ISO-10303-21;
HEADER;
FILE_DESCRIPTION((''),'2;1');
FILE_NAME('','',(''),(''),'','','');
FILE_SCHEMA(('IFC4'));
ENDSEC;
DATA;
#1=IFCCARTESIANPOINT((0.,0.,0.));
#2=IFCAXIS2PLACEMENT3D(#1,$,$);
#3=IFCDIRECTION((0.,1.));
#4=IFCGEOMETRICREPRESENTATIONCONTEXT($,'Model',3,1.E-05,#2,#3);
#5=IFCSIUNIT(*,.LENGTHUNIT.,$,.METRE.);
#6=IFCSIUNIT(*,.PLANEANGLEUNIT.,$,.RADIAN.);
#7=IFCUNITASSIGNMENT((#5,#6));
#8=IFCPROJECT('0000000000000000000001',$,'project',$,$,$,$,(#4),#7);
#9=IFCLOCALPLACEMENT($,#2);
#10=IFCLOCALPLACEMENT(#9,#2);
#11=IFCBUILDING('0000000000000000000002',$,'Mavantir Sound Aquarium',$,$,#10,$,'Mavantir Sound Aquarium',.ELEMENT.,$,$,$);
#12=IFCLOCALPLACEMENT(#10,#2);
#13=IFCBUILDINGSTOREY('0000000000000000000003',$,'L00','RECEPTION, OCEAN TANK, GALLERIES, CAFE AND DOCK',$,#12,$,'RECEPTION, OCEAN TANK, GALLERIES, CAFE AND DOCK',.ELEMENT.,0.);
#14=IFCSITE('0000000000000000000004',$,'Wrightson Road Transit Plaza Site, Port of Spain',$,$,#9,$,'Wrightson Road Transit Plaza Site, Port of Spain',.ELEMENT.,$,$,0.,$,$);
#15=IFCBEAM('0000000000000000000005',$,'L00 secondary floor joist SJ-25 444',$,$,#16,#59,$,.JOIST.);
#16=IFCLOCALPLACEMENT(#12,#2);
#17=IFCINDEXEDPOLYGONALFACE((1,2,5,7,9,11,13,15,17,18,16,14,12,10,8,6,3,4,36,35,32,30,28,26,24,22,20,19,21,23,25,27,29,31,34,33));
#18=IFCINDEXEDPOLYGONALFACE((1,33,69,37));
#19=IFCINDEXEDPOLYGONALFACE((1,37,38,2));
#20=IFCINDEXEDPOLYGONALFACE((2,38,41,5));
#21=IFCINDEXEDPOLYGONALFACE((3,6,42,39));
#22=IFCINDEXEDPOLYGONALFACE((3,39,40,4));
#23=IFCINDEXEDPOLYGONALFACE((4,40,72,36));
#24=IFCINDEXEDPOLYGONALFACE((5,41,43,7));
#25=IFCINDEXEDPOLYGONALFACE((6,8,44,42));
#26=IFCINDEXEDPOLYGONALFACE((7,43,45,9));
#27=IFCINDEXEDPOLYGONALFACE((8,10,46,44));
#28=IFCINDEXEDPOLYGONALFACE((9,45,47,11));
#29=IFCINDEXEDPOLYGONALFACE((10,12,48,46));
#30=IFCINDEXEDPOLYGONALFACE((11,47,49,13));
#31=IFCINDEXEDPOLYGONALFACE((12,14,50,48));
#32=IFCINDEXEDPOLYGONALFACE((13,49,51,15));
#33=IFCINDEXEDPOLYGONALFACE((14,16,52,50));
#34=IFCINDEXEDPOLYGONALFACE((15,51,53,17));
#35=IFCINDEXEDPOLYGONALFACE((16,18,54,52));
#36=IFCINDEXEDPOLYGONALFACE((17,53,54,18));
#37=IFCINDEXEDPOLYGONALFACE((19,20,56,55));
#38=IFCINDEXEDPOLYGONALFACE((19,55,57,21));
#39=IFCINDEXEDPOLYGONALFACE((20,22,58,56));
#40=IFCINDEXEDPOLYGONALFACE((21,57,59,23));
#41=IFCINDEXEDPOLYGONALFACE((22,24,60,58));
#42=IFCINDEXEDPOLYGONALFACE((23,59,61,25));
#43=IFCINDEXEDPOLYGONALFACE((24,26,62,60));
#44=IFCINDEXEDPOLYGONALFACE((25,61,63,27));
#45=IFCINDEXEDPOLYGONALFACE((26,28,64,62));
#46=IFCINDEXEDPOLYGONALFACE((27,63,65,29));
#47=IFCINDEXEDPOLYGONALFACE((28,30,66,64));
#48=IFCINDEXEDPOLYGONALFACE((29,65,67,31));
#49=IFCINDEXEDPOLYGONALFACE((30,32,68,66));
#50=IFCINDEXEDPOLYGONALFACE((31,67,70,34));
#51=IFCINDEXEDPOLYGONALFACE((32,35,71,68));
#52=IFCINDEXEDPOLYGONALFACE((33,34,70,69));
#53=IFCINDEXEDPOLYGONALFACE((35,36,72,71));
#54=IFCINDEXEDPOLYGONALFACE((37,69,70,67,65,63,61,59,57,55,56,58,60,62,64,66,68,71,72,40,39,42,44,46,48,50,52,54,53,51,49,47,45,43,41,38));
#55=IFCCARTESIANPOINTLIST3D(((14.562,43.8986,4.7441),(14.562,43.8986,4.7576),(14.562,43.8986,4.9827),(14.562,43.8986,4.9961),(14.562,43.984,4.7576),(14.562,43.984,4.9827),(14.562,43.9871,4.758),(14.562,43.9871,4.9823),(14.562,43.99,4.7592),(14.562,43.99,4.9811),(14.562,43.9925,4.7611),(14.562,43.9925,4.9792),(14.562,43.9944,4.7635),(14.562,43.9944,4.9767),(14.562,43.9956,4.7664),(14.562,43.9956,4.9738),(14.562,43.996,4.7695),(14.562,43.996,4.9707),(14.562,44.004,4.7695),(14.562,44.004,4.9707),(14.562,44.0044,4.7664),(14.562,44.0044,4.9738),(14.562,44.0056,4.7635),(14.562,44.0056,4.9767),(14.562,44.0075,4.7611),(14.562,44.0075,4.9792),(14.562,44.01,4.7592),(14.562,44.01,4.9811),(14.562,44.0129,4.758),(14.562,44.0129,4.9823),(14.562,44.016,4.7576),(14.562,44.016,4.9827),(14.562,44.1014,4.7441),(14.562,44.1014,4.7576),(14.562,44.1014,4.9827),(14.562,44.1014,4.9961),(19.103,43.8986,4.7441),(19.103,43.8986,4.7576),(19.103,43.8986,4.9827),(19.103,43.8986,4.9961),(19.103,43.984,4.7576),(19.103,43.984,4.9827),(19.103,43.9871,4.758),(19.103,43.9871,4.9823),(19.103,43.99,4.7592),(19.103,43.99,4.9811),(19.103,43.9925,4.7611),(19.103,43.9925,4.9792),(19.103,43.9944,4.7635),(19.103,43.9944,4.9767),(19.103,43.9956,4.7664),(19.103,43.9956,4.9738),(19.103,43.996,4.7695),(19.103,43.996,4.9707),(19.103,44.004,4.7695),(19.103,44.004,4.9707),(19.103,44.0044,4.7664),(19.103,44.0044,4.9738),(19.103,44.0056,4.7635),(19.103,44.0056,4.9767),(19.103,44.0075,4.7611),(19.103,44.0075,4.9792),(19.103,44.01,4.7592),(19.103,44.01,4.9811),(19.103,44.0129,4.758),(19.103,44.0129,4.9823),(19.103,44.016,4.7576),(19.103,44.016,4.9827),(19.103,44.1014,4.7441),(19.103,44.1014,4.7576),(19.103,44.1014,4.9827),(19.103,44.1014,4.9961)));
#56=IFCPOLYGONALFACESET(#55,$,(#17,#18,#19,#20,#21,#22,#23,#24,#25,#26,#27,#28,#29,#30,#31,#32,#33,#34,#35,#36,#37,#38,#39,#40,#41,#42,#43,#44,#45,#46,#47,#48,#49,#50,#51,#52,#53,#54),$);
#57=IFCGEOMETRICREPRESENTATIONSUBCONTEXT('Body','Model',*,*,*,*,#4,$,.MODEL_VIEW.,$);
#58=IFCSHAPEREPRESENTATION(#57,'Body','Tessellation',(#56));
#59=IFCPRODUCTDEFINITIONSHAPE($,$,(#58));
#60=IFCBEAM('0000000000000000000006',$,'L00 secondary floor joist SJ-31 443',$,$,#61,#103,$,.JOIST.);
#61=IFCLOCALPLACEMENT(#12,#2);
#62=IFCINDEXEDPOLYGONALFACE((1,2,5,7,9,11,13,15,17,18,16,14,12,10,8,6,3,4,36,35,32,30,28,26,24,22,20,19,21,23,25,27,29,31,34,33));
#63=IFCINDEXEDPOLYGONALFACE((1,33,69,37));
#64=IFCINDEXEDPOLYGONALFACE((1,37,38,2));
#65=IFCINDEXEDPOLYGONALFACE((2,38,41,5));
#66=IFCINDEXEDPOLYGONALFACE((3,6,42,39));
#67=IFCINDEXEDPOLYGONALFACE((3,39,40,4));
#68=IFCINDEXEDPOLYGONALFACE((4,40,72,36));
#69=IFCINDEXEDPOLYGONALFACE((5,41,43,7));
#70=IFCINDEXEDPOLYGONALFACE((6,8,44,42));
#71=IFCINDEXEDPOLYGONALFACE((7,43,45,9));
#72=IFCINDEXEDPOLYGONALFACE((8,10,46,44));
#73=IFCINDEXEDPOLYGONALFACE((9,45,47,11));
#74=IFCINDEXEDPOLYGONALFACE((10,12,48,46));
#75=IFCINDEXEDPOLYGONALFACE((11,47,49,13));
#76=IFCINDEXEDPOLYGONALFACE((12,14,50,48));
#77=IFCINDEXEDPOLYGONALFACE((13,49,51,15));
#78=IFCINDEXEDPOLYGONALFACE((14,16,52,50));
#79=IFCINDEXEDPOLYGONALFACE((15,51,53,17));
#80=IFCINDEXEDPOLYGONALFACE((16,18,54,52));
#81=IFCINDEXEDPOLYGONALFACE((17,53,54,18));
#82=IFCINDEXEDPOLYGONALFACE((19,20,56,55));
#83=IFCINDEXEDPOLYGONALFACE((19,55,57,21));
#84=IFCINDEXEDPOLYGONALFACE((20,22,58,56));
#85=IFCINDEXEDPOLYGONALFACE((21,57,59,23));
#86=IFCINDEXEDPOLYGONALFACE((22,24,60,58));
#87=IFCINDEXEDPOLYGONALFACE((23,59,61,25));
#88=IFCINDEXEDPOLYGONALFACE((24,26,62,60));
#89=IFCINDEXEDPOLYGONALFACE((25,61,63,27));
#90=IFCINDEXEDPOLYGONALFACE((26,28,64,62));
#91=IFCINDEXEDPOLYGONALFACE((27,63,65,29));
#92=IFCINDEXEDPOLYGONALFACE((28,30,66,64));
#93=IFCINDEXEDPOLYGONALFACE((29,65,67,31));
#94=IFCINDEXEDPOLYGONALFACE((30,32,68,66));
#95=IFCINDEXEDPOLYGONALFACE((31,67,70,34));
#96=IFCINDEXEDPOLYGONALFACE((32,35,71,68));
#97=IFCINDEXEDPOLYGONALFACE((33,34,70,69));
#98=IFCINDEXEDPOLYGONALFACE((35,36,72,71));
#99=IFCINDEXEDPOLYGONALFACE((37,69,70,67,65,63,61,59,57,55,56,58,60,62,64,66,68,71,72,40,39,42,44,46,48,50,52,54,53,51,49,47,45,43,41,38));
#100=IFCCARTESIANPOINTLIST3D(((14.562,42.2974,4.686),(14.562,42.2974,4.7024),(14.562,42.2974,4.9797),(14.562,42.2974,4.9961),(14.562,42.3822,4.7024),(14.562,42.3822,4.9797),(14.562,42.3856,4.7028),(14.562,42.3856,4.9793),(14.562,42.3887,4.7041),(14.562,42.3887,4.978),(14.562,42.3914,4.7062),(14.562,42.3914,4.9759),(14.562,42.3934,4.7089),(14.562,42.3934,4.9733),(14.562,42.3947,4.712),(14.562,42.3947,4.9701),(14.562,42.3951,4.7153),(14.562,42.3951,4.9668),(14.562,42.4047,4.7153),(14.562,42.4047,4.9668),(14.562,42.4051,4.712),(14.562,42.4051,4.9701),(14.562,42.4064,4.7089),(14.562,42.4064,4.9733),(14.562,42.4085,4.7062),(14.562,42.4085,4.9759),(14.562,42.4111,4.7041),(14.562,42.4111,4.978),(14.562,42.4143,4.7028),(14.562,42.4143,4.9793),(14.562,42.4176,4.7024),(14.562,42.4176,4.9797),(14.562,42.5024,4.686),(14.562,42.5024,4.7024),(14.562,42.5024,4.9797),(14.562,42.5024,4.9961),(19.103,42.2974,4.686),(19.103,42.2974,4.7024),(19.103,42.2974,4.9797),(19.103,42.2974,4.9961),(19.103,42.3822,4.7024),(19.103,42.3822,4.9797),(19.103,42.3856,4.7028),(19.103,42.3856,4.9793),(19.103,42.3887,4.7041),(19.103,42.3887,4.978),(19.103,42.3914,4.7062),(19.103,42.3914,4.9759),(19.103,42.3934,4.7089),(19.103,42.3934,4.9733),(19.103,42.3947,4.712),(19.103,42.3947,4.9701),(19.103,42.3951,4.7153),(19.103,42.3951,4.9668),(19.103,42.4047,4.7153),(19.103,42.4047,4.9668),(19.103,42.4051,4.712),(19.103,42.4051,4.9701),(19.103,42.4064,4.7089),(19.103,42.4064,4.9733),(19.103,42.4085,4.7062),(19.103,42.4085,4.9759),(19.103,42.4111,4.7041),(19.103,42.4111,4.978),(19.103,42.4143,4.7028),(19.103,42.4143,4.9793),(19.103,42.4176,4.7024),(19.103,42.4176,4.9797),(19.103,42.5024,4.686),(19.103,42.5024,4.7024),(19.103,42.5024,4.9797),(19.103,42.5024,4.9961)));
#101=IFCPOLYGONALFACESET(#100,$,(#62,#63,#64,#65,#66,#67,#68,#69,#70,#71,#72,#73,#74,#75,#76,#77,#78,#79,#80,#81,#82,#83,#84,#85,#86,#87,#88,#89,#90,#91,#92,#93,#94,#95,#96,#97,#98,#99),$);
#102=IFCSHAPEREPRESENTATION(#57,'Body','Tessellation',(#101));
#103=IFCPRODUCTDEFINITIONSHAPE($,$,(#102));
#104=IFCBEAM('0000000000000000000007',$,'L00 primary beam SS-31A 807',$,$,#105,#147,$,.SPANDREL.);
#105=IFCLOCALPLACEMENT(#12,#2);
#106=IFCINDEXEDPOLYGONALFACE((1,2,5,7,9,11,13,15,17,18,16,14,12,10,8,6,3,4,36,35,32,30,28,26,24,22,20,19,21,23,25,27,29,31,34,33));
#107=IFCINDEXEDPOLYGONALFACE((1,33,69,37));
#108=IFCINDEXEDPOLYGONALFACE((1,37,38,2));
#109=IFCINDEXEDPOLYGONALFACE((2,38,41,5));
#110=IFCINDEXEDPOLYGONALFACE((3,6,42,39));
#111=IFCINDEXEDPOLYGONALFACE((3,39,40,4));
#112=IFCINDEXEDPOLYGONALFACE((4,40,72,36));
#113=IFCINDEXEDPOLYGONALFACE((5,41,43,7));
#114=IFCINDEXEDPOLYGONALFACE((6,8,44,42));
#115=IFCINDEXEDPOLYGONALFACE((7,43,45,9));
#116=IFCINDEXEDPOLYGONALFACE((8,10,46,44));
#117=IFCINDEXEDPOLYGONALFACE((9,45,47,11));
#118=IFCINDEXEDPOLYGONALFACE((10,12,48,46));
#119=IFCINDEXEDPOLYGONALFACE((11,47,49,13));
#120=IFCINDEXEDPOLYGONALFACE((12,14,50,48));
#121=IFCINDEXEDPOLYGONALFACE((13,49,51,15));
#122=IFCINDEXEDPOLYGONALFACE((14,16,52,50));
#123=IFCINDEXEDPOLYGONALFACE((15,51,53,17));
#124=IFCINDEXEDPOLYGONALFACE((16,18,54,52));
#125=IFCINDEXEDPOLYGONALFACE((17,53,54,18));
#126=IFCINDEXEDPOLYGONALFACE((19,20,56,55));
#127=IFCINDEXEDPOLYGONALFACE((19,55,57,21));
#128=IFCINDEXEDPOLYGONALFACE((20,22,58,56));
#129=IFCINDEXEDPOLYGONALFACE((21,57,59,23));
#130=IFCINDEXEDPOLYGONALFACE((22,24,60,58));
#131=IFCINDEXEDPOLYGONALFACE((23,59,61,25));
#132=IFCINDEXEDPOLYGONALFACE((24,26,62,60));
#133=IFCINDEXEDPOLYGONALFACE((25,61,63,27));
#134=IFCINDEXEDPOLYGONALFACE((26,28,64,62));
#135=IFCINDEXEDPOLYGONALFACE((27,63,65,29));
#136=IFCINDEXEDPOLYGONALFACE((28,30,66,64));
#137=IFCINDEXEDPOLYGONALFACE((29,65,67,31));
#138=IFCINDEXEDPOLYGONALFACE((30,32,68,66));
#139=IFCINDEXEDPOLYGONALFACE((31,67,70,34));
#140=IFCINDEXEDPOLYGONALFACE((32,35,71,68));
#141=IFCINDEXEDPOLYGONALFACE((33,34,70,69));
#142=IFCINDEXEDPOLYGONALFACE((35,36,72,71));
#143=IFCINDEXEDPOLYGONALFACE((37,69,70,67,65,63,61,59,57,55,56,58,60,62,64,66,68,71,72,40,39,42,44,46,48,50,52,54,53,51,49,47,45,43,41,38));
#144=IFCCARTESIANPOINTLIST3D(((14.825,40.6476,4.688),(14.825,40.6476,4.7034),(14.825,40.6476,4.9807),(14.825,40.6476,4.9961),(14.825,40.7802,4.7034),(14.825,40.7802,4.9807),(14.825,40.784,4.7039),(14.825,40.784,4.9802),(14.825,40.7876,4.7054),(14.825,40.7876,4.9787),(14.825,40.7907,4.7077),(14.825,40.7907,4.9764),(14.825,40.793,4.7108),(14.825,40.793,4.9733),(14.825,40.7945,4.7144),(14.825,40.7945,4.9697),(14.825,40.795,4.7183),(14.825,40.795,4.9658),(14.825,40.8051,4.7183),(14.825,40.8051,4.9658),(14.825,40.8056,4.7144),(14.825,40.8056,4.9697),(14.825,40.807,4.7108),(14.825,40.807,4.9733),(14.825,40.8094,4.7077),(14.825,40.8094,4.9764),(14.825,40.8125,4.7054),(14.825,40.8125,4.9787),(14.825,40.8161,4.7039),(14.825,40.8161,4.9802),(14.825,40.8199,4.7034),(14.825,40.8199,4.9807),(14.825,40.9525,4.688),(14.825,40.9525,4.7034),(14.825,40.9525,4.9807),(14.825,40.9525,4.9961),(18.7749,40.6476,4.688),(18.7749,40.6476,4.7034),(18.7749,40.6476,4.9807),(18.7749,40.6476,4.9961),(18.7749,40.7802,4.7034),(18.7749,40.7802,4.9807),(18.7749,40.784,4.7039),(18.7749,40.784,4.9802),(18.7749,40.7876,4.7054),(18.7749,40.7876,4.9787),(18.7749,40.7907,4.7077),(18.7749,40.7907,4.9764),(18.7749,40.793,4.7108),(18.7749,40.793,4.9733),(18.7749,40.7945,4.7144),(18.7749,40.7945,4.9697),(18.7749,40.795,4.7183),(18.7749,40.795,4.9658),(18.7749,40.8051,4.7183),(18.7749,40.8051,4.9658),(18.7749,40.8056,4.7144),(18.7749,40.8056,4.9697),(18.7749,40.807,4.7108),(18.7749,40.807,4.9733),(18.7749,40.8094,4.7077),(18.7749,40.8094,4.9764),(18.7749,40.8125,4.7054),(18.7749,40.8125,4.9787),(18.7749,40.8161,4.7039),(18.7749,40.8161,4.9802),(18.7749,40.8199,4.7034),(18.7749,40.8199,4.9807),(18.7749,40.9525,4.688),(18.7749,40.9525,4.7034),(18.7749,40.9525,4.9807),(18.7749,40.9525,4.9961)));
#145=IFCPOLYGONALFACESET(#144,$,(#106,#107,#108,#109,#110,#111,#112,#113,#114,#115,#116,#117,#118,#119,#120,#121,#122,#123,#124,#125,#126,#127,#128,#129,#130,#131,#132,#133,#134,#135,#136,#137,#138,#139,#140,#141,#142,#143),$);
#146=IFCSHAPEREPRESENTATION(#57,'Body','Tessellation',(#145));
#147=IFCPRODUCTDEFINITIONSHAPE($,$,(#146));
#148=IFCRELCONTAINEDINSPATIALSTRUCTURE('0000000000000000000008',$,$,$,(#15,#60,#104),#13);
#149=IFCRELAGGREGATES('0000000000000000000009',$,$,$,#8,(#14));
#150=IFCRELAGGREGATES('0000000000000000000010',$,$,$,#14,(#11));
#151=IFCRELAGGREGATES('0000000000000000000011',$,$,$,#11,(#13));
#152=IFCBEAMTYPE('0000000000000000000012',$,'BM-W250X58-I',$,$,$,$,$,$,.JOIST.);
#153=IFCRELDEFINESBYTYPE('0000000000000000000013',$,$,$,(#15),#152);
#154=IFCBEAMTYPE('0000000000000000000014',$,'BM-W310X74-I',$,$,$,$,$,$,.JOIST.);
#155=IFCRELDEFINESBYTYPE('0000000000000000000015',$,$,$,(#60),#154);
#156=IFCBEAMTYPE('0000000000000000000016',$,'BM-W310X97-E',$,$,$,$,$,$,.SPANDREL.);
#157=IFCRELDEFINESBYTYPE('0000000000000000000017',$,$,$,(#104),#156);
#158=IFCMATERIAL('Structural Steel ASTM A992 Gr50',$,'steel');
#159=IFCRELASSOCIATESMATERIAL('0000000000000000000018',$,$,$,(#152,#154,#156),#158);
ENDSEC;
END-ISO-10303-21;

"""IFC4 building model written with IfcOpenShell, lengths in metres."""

from ifc_helpers import new_model, si_unit, direction, frame, origin, origin_2d, place, context, subcontext, project, spatial, i_section, extrude, material, material_profile, profile_set, type_object, element, save


model = new_model("IFC4")

# Units and contexts
model_context = context("Model", 3, precision=1e-05, world=origin(), true_north=direction((0.0, 1.0)))
body_context = subcontext(model_context, "Body", "Model", "MODEL_VIEW")
ifc_project = project(units=[si_unit("LENGTHUNIT", "METRE"), si_unit("PLANEANGLEUNIT", "RADIAN")], contexts=[model_context])

# Site, building, storey
site_placement = place(None, origin())
site = spatial("IfcSite", under=ifc_project, at=site_placement, Name="Wrightson Road Transit Plaza Site, Port of Spain", LongName="Wrightson Road Transit Plaza Site, Port of Spain", CompositionType="ELEMENT", RefElevation=0.0)
building_placement = place(site_placement, origin())
building = spatial("IfcBuilding", under=site, at=building_placement, Name="Mavantir Sound Aquarium", LongName="Mavantir Sound Aquarium", CompositionType="ELEMENT")
storey_placement = place(building_placement, origin())
storey = spatial("IfcBuildingStorey", under=building, at=storey_placement, Name="L00", Description="RECEPTION, OCEAN TANK, GALLERIES, CAFE AND DOCK", LongName="RECEPTION, OCEAN TANK, GALLERIES, CAFE AND DOCK", CompositionType="ELEMENT", Elevation=0.0)

# Beams
ifc_material_1 = material(Name="Structural Steel ASTM A992 Gr50", Category="steel")
ifc_material_profile_1 = material_profile(ifc_material_1, i_section(OverallWidth=0.2029, OverallDepth=0.252, WebThickness=0.0081, FlangeThickness=0.0134, FilletRadius=0.012, at=origin_2d()), Name="W250X58")
ifc_profile_set_1 = profile_set([ifc_material_profile_1], Name="Structural Steel ASTM A992 Gr50")
beam_type_1 = type_object("IfcBeamType", Name="BM-W250X58-I", PredefinedType="JOIST", material=ifc_profile_set_1)
beam_1_placement = place(storey_placement, frame((14.562, 44.0, 4.8701), z_axis=(1.0, 0.0, 0.0), x_axis=(0.0, 1.0, 0.0)))
element("IfcBeam", 1, at=beam_1_placement, inside=storey, type_object=beam_type_1, Name="L00 secondary floor joist SJ-25 444", PredefinedType="JOIST", context=body_context, shape_type="SweptSolid", body=[
    extrude(i_section(OverallWidth=0.2029, OverallDepth=0.252, WebThickness=0.0081, FlangeThickness=0.0134, FilletRadius=0.012, at=origin_2d()), origin(), (0.0, 0.0, 1.0), 4.541),
])
ifc_material_profile_2 = material_profile(ifc_material_1, i_section(OverallWidth=0.2051, OverallDepth=0.3101, WebThickness=0.0095, FlangeThickness=0.0164, FilletRadius=0.0129, at=origin_2d()), Name="W310X74")
ifc_profile_set_2 = profile_set([ifc_material_profile_2], Name="Structural Steel ASTM A992 Gr50")
beam_type_2 = type_object("IfcBeamType", Name="BM-W310X74-I", PredefinedType="JOIST", material=ifc_profile_set_2)
beam_2_placement = place(storey_placement, frame((14.562, 42.3999, 4.8411), z_axis=(1.0, 0.0, 0.0), x_axis=(0.0, 1.0, 0.0)))
element("IfcBeam", 2, at=beam_2_placement, inside=storey, type_object=beam_type_2, Name="L00 secondary floor joist SJ-31 443", PredefinedType="JOIST", context=body_context, shape_type="SweptSolid", body=[
    extrude(i_section(OverallWidth=0.2051, OverallDepth=0.3101, WebThickness=0.0095, FlangeThickness=0.0164, FilletRadius=0.0129, at=origin_2d()), origin(), (0.0, 0.0, 1.0), 4.541),
])
ifc_material_profile_3 = material_profile(ifc_material_1, i_section(OverallWidth=0.3049, OverallDepth=0.3081, WebThickness=0.01, FlangeThickness=0.0154, FilletRadius=0.0149, at=origin_2d()), Name="W310X97")
ifc_profile_set_3 = profile_set([ifc_material_profile_3], Name="Structural Steel ASTM A992 Gr50")
beam_type_3 = type_object("IfcBeamType", Name="BM-W310X97-E", PredefinedType="SPANDREL", material=ifc_profile_set_3)
beam_3_placement = place(storey_placement, frame((14.825, 40.8, 4.842), z_axis=(1.0, 0.0, 0.0), x_axis=(0.0, 1.0, 0.0)))
element("IfcBeam", 3, at=beam_3_placement, inside=storey, type_object=beam_type_3, Name="L00 primary beam SS-31A 807", PredefinedType="SPANDREL", context=body_context, shape_type="SweptSolid", body=[
    extrude(i_section(OverallWidth=0.3049, OverallDepth=0.3081, WebThickness=0.01, FlangeThickness=0.0154, FilletRadius=0.0149, at=origin_2d()), origin(), (0.0, 0.0, 1.0), 3.95),
])

save(model, "model.ifc")
